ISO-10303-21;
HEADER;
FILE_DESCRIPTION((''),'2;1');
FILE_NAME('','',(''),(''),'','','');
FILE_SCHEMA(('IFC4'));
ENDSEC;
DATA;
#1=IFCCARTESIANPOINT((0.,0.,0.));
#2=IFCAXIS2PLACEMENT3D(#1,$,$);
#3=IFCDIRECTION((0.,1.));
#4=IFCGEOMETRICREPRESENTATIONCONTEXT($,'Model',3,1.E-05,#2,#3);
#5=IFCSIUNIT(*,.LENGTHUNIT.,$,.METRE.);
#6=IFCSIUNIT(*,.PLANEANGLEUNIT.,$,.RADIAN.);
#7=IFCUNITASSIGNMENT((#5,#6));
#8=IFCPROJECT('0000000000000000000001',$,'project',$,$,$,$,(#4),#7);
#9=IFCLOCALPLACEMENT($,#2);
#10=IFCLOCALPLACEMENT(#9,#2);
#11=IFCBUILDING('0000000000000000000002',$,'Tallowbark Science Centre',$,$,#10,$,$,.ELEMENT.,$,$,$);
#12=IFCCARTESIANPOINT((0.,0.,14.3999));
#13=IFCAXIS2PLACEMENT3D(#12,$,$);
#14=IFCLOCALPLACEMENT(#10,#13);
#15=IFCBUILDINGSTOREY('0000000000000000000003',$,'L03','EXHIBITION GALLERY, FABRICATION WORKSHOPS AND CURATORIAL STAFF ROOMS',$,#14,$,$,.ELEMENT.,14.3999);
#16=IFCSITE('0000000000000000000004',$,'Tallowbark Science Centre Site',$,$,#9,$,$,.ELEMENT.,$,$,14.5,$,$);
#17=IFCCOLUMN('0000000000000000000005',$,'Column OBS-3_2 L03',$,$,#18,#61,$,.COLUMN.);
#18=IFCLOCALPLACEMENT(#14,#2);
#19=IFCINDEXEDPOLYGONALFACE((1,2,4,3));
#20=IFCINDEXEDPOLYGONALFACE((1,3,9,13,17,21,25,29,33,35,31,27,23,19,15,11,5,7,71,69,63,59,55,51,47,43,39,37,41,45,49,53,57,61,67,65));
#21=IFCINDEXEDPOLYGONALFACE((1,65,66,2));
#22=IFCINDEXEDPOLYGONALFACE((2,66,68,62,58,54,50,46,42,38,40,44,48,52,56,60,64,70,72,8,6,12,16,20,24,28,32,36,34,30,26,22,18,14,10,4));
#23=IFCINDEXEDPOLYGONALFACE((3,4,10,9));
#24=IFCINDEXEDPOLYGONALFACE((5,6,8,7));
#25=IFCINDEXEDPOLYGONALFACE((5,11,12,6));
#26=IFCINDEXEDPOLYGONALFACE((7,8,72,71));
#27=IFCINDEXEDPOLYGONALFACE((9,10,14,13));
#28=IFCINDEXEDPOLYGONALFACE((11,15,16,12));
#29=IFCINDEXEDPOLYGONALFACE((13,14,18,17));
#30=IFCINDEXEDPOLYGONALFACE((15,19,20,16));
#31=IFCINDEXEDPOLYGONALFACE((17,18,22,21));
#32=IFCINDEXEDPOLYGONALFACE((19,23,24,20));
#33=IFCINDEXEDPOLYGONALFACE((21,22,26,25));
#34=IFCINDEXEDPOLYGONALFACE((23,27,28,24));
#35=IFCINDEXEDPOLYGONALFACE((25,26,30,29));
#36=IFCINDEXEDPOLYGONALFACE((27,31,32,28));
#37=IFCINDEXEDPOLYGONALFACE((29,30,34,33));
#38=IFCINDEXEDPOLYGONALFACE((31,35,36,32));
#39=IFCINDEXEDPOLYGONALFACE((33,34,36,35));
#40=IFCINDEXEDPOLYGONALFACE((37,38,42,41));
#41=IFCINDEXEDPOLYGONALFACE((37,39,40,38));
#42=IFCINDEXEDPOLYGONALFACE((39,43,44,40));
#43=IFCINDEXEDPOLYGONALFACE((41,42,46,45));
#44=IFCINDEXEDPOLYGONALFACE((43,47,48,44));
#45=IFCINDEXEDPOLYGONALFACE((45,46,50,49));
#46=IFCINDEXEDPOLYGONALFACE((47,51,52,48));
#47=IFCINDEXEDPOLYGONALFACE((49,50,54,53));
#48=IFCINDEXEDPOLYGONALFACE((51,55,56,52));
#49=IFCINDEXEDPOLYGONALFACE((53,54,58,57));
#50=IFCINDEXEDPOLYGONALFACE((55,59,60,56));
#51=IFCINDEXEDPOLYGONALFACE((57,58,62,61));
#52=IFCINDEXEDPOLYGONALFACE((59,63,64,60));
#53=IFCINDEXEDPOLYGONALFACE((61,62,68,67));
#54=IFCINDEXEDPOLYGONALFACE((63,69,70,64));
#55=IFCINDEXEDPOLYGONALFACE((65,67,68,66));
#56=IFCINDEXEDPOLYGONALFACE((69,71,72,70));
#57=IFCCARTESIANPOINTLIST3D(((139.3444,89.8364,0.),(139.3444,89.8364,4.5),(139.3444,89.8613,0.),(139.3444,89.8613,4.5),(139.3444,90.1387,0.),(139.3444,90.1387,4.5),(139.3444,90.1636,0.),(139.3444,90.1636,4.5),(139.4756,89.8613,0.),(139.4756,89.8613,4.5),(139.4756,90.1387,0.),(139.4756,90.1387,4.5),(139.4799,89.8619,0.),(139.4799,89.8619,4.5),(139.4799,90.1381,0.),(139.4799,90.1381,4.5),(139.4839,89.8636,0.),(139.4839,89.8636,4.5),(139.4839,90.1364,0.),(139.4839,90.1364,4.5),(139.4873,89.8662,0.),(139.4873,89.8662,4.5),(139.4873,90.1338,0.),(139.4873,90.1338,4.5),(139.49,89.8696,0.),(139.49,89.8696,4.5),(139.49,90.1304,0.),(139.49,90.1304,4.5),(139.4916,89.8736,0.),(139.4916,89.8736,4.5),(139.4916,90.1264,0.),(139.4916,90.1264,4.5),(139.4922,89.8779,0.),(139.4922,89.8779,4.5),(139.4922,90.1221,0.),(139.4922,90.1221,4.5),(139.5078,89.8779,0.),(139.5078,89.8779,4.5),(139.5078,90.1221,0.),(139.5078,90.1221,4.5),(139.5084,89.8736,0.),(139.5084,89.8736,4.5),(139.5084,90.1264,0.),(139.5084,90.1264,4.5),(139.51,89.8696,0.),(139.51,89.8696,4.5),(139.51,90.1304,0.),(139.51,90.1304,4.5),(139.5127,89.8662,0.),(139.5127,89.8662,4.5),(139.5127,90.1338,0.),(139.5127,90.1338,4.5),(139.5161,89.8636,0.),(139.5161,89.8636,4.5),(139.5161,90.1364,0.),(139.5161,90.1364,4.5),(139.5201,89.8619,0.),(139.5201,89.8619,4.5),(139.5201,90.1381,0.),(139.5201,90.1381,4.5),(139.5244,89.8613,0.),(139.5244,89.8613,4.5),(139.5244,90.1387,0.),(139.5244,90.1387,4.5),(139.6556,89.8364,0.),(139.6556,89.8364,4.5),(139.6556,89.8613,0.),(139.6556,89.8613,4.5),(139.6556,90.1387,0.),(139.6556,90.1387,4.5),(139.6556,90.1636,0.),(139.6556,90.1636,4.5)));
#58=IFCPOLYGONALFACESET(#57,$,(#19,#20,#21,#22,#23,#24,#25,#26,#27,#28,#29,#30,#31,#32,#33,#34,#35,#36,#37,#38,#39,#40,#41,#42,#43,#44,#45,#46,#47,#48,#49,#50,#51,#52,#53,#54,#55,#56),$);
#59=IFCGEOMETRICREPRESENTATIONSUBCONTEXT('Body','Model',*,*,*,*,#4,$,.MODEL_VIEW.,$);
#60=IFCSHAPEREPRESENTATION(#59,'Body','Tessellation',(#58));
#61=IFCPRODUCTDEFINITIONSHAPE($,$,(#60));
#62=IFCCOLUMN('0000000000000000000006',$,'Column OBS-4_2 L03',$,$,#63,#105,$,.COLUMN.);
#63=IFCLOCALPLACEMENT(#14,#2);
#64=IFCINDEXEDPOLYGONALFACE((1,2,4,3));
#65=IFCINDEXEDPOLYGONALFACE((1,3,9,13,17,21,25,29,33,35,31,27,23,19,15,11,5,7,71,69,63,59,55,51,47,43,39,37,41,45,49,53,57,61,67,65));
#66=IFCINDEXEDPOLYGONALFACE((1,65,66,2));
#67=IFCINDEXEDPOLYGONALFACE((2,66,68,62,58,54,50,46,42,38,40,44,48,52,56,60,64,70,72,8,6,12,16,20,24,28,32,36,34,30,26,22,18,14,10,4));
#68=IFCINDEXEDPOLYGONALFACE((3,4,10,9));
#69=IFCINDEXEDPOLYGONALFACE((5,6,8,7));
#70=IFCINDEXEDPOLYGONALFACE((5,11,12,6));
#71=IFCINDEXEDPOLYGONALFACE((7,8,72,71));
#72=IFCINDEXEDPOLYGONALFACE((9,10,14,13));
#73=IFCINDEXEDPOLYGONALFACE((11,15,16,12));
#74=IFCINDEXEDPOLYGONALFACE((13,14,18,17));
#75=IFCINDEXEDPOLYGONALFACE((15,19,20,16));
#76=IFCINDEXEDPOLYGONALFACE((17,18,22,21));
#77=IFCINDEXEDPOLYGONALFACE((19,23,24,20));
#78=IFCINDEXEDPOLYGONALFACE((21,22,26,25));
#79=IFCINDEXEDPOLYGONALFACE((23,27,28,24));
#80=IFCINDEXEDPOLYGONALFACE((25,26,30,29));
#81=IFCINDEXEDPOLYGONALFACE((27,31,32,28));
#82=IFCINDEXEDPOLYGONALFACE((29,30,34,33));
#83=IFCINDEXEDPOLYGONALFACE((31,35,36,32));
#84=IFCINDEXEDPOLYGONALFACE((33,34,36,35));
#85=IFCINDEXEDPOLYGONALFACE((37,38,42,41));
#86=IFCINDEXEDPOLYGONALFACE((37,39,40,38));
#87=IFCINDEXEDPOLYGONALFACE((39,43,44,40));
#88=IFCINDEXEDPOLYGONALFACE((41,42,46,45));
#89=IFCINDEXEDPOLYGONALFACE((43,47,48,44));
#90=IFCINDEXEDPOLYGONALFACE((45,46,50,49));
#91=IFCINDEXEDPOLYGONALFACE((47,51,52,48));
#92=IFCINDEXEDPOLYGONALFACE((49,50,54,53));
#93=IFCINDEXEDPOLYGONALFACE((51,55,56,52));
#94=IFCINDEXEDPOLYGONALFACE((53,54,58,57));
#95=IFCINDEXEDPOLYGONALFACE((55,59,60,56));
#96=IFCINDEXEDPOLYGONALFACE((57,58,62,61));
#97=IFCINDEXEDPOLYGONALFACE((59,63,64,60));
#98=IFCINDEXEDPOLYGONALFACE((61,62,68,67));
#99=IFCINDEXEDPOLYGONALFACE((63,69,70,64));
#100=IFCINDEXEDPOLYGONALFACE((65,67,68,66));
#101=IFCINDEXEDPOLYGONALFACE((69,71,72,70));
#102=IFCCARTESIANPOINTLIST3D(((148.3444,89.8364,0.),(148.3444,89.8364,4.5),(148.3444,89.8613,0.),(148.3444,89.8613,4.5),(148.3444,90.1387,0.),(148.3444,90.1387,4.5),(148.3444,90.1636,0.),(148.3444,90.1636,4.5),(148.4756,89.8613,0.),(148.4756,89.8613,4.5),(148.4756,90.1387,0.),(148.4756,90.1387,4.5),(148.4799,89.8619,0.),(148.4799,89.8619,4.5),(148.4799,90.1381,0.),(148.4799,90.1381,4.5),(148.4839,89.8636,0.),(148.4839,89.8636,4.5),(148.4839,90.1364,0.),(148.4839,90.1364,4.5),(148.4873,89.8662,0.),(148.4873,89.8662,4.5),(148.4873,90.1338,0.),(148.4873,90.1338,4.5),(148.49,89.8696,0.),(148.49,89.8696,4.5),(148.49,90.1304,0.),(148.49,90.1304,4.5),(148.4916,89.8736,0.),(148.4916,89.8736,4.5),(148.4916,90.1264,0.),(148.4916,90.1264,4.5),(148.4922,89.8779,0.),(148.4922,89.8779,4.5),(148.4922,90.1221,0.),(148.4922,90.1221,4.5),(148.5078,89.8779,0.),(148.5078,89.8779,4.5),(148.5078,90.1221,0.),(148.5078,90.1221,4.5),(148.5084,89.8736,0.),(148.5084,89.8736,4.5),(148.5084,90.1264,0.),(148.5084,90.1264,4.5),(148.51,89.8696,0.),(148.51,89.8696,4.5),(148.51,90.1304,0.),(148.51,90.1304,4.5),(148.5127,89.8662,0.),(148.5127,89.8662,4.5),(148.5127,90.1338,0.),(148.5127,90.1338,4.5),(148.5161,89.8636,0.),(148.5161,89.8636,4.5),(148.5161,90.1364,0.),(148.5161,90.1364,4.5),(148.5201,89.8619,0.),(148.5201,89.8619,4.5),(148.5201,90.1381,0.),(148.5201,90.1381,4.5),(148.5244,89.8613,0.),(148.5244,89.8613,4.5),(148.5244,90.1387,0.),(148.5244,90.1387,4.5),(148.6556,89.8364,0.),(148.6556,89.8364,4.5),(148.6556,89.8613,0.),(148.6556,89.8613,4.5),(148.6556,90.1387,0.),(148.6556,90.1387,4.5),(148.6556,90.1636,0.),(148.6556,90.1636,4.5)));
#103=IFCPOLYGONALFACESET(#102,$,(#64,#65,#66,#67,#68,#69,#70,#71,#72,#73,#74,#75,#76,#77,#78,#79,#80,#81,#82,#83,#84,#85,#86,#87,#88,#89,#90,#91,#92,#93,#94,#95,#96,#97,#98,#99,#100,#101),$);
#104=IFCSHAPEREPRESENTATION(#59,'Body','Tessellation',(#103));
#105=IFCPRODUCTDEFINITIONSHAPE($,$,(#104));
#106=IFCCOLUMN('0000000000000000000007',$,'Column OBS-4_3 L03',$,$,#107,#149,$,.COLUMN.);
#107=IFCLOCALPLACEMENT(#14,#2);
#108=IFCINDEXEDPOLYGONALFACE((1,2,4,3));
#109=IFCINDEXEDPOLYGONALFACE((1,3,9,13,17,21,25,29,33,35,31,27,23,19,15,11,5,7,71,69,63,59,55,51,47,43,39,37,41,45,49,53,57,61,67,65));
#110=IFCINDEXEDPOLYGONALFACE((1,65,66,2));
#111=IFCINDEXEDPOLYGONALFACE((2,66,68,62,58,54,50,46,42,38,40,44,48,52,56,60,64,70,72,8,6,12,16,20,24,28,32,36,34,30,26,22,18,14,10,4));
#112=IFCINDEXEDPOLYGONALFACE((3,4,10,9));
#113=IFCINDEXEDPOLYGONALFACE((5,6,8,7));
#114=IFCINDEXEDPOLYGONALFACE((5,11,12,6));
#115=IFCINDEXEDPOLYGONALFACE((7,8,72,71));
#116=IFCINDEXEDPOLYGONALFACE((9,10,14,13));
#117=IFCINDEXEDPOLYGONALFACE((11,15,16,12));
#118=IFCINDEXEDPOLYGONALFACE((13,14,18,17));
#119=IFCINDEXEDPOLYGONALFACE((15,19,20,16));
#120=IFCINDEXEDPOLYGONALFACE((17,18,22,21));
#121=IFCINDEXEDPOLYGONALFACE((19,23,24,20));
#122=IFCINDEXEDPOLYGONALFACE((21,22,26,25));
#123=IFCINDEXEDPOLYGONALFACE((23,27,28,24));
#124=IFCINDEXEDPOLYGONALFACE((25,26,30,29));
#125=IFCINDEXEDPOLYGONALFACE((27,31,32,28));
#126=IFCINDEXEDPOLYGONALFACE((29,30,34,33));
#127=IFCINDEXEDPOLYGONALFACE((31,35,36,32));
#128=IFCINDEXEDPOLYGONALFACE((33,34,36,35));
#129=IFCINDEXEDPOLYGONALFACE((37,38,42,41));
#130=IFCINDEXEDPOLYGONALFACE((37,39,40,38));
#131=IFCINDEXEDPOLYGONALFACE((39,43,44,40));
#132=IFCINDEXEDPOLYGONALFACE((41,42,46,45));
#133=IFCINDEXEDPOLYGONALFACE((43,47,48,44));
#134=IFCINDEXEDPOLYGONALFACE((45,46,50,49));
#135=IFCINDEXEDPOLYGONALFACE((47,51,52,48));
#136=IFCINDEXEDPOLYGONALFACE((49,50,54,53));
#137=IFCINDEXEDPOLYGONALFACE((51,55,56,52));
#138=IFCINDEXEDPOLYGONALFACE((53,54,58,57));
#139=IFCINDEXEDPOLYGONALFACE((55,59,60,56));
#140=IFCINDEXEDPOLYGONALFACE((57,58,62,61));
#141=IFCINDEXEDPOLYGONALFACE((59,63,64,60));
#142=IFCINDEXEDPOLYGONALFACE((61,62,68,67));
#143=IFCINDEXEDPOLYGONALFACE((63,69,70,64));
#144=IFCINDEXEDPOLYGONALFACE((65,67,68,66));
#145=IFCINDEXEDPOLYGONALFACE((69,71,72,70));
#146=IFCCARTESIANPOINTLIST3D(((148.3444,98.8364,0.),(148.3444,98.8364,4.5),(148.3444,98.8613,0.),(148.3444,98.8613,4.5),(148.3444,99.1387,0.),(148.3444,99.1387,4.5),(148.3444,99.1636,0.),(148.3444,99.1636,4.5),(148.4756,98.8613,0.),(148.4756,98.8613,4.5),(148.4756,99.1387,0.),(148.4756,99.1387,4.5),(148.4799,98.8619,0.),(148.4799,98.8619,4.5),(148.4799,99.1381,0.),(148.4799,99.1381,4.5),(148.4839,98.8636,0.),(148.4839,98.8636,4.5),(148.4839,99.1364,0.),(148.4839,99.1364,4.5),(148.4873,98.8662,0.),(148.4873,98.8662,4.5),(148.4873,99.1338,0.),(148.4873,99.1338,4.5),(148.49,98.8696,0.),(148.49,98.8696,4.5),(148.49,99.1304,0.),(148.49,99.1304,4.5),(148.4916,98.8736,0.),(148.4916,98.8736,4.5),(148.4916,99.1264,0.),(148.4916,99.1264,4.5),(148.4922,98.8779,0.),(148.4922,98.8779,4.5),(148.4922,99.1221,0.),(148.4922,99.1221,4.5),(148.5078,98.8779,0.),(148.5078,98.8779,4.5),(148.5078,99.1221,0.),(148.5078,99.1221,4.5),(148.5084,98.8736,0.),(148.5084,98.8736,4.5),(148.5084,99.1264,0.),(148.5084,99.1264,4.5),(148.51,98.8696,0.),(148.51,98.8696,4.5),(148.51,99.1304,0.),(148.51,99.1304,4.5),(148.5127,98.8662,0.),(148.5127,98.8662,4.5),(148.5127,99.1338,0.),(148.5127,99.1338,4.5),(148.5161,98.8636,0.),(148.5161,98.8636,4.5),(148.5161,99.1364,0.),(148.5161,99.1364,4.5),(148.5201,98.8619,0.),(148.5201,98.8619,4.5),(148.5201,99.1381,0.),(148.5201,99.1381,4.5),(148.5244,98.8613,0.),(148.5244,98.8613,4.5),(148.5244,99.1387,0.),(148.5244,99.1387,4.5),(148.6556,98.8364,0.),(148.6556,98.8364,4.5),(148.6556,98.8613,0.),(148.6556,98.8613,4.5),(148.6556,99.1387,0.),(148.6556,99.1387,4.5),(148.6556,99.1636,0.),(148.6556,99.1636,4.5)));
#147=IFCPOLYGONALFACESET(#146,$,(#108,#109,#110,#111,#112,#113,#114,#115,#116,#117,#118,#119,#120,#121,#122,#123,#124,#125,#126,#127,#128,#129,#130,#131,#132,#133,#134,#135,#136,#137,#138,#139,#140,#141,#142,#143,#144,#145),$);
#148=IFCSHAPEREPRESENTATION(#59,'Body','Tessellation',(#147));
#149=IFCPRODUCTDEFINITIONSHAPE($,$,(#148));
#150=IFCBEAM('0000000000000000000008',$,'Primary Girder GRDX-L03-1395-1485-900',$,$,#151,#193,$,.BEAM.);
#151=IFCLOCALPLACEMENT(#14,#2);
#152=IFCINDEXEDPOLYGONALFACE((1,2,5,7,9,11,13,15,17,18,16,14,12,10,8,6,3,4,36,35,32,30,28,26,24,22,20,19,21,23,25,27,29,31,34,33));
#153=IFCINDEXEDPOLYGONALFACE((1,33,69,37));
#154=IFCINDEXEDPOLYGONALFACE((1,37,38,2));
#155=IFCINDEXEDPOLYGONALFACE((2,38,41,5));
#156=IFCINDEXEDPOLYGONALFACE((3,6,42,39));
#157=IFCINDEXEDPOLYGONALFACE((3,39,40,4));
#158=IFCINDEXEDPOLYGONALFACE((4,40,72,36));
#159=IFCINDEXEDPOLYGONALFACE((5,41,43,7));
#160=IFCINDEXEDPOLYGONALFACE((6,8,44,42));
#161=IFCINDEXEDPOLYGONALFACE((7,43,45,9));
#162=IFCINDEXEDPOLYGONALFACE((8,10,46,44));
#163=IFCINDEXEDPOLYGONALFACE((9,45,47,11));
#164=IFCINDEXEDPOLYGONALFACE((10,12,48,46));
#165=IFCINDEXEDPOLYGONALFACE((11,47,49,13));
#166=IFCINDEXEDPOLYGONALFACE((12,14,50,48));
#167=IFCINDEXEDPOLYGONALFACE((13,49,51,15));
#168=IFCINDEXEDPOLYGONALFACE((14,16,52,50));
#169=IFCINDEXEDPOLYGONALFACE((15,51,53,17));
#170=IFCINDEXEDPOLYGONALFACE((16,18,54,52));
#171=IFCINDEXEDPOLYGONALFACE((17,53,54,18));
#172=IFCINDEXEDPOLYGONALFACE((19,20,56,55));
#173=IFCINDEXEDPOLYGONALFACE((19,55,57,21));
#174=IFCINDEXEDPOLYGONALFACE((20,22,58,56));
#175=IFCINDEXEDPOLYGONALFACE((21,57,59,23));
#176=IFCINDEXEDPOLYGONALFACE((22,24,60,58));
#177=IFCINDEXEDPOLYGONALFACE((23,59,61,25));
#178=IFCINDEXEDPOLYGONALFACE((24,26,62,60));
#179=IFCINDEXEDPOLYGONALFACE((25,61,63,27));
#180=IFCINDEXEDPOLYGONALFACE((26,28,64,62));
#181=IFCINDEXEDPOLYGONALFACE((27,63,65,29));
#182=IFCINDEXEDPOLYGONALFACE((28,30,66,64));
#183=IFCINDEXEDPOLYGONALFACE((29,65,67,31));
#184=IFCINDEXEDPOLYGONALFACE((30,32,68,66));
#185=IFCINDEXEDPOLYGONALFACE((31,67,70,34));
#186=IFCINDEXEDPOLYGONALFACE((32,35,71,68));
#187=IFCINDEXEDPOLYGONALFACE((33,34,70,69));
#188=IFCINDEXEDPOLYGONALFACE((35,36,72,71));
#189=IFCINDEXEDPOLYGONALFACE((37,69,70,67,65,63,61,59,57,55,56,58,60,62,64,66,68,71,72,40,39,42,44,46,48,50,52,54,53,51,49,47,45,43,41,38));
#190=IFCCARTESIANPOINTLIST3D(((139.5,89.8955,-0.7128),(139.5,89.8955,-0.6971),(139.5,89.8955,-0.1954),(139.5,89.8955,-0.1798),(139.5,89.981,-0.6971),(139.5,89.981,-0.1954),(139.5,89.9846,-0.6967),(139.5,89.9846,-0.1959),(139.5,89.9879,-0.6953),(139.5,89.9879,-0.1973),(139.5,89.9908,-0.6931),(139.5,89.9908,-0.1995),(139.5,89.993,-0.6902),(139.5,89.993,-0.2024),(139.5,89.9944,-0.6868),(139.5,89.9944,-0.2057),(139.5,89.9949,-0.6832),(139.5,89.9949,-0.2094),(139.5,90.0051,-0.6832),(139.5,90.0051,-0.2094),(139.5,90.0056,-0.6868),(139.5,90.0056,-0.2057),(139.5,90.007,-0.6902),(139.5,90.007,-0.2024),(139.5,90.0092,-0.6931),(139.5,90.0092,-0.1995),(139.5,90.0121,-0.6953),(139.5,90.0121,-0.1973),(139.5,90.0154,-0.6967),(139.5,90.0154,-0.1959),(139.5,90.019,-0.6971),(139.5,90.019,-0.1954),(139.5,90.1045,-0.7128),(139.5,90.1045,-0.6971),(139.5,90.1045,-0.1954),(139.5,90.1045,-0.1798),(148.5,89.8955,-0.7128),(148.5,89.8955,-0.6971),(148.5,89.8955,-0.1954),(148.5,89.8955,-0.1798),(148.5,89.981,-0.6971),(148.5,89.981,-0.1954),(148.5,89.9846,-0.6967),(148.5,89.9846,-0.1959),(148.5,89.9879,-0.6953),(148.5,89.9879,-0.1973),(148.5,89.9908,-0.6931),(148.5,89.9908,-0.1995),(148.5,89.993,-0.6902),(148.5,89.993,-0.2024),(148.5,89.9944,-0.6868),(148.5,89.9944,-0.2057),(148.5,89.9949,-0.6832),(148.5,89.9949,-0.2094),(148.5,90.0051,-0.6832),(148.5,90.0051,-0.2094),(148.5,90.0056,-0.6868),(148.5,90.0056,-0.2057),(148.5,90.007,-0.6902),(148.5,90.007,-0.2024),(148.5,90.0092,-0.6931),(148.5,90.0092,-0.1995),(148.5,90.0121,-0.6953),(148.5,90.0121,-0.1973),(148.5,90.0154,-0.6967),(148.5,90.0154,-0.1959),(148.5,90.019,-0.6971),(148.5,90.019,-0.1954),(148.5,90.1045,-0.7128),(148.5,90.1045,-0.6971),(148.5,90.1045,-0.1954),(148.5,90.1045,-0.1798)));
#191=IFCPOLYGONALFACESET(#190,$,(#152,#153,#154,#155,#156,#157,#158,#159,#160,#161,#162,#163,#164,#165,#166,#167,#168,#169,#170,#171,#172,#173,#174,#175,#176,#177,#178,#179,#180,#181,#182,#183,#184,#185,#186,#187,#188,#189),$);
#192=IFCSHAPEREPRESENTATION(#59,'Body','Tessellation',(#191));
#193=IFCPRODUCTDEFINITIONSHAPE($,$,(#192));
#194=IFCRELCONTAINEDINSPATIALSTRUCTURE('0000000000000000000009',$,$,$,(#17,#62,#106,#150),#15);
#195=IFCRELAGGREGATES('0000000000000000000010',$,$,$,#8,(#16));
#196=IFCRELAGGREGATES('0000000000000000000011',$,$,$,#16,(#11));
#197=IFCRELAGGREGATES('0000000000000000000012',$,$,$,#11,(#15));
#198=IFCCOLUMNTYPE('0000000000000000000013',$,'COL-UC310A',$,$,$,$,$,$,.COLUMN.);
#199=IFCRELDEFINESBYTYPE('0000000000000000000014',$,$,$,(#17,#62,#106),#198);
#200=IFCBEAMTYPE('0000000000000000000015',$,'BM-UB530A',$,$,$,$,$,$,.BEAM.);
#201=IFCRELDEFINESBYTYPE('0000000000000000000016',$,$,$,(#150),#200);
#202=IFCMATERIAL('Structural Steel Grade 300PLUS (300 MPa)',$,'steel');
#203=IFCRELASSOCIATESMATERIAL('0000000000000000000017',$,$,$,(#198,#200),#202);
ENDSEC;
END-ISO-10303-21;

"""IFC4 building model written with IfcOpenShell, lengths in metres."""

from ifc_helpers import new_model, si_unit, direction, frame, origin, origin_2d, place, context, subcontext, project, spatial, i_section, extrude, material, material_profile, profile_set, type_object, element, save


model = new_model("IFC4")

# Units and contexts
model_context = context("Model", 3, precision=1e-05, world=origin(), true_north=direction((0.0, 1.0)))
body_context = subcontext(model_context, "Body", "Model", "MODEL_VIEW")
ifc_project = project(units=[si_unit("LENGTHUNIT", "METRE"), si_unit("PLANEANGLEUNIT", "RADIAN")], contexts=[model_context])

# Site, building, storey
site_placement = place(None, origin())
site = spatial("IfcSite", under=ifc_project, at=site_placement, Name="Tallowbark Science Centre Site", CompositionType="ELEMENT", RefElevation=14.5)
building_placement = place(site_placement, origin())
building = spatial("IfcBuilding", under=site, at=building_placement, Name="Tallowbark Science Centre", CompositionType="ELEMENT")
storey_placement = place(building_placement, frame((0.0, 0.0, 14.3999)))
storey = spatial("IfcBuildingStorey", under=building, at=storey_placement, Name="L03", Description="EXHIBITION GALLERY, FABRICATION WORKSHOPS AND CURATORIAL STAFF ROOMS", CompositionType="ELEMENT", Elevation=14.3999)

# Columns
ifc_material_1 = material(Name="Structural Steel Grade 300PLUS (300 MPa)", Category="steel")
ifc_material_profile_1 = material_profile(ifc_material_1, i_section(OverallWidth=0.3113, OverallDepth=0.3271, WebThickness=0.0156, FlangeThickness=0.0249, FilletRadius=0.0166, at=origin_2d()), Name="310UC158")
ifc_profile_set_1 = profile_set([ifc_material_profile_1], Name="Structural Steel Grade 300PLUS (300 MPa)")
column_type = type_object("IfcColumnType", Name="COL-UC310A", PredefinedType="COLUMN", material=ifc_profile_set_1)
for number, where, z_axis, x_axis, name in (
    (1, (139.5, 90.0, 0.0), (0.0, 0.0, 1.0), (1.0, 0.0, 0.0), "Column OBS-3_2 L03"),
    (2, (148.5, 90.0, 0.0), (0.0, 0.0, 1.0), (1.0, 0.0, 0.0), "Column OBS-4_2 L03"),
    (3, (148.5, 99.0, 0.0), (0.0, 0.0, 1.0), (1.0, 0.0, 0.0), "Column OBS-4_3 L03"),
):
    element("IfcColumn", number, at=place(storey_placement, frame(where, z_axis=z_axis, x_axis=x_axis)), inside=storey, type_object=column_type, Name=name, PredefinedType="COLUMN", context=body_context, shape_type="SweptSolid", body=[
        extrude(i_section(OverallWidth=0.3113, OverallDepth=0.3271, WebThickness=0.0156, FlangeThickness=0.0249, FilletRadius=0.0166, at=origin_2d()), origin(), (0.0, 0.0, 1.0), 4.5),
    ])

# Beam
ifc_material_profile_2 = material_profile(ifc_material_1, i_section(OverallWidth=0.209, OverallDepth=0.533, WebThickness=0.0103, FlangeThickness=0.0156, FilletRadius=0.0139, at=origin_2d()), Name="530UB92.4")
ifc_profile_set_2 = profile_set([ifc_material_profile_2], Name="Structural Steel Grade 300PLUS (300 MPa)")
beam_type_1 = type_object("IfcBeamType", Name="BM-UB530A", PredefinedType="BEAM", material=ifc_profile_set_2)
for number, where, z_axis, x_axis, name in (
    (4, (139.5, 90.0, -0.4463), (1.0, 0.0, 0.0), (0.0, 1.0, 0.0), "Primary Girder GRDX-L03-1395-1485-900"),
):
    element("IfcBeam", number, at=place(storey_placement, frame(where, z_axis=z_axis, x_axis=x_axis)), inside=storey, type_object=beam_type_1, Name=name, PredefinedType="BEAM", context=body_context, shape_type="SweptSolid", body=[
        extrude(i_section(OverallWidth=0.209, OverallDepth=0.533, WebThickness=0.0103, FlangeThickness=0.0156, FilletRadius=0.0139, at=origin_2d()), origin(), (0.0, 0.0, 1.0), 9.0),
    ])

save(model, "model.ifc")
